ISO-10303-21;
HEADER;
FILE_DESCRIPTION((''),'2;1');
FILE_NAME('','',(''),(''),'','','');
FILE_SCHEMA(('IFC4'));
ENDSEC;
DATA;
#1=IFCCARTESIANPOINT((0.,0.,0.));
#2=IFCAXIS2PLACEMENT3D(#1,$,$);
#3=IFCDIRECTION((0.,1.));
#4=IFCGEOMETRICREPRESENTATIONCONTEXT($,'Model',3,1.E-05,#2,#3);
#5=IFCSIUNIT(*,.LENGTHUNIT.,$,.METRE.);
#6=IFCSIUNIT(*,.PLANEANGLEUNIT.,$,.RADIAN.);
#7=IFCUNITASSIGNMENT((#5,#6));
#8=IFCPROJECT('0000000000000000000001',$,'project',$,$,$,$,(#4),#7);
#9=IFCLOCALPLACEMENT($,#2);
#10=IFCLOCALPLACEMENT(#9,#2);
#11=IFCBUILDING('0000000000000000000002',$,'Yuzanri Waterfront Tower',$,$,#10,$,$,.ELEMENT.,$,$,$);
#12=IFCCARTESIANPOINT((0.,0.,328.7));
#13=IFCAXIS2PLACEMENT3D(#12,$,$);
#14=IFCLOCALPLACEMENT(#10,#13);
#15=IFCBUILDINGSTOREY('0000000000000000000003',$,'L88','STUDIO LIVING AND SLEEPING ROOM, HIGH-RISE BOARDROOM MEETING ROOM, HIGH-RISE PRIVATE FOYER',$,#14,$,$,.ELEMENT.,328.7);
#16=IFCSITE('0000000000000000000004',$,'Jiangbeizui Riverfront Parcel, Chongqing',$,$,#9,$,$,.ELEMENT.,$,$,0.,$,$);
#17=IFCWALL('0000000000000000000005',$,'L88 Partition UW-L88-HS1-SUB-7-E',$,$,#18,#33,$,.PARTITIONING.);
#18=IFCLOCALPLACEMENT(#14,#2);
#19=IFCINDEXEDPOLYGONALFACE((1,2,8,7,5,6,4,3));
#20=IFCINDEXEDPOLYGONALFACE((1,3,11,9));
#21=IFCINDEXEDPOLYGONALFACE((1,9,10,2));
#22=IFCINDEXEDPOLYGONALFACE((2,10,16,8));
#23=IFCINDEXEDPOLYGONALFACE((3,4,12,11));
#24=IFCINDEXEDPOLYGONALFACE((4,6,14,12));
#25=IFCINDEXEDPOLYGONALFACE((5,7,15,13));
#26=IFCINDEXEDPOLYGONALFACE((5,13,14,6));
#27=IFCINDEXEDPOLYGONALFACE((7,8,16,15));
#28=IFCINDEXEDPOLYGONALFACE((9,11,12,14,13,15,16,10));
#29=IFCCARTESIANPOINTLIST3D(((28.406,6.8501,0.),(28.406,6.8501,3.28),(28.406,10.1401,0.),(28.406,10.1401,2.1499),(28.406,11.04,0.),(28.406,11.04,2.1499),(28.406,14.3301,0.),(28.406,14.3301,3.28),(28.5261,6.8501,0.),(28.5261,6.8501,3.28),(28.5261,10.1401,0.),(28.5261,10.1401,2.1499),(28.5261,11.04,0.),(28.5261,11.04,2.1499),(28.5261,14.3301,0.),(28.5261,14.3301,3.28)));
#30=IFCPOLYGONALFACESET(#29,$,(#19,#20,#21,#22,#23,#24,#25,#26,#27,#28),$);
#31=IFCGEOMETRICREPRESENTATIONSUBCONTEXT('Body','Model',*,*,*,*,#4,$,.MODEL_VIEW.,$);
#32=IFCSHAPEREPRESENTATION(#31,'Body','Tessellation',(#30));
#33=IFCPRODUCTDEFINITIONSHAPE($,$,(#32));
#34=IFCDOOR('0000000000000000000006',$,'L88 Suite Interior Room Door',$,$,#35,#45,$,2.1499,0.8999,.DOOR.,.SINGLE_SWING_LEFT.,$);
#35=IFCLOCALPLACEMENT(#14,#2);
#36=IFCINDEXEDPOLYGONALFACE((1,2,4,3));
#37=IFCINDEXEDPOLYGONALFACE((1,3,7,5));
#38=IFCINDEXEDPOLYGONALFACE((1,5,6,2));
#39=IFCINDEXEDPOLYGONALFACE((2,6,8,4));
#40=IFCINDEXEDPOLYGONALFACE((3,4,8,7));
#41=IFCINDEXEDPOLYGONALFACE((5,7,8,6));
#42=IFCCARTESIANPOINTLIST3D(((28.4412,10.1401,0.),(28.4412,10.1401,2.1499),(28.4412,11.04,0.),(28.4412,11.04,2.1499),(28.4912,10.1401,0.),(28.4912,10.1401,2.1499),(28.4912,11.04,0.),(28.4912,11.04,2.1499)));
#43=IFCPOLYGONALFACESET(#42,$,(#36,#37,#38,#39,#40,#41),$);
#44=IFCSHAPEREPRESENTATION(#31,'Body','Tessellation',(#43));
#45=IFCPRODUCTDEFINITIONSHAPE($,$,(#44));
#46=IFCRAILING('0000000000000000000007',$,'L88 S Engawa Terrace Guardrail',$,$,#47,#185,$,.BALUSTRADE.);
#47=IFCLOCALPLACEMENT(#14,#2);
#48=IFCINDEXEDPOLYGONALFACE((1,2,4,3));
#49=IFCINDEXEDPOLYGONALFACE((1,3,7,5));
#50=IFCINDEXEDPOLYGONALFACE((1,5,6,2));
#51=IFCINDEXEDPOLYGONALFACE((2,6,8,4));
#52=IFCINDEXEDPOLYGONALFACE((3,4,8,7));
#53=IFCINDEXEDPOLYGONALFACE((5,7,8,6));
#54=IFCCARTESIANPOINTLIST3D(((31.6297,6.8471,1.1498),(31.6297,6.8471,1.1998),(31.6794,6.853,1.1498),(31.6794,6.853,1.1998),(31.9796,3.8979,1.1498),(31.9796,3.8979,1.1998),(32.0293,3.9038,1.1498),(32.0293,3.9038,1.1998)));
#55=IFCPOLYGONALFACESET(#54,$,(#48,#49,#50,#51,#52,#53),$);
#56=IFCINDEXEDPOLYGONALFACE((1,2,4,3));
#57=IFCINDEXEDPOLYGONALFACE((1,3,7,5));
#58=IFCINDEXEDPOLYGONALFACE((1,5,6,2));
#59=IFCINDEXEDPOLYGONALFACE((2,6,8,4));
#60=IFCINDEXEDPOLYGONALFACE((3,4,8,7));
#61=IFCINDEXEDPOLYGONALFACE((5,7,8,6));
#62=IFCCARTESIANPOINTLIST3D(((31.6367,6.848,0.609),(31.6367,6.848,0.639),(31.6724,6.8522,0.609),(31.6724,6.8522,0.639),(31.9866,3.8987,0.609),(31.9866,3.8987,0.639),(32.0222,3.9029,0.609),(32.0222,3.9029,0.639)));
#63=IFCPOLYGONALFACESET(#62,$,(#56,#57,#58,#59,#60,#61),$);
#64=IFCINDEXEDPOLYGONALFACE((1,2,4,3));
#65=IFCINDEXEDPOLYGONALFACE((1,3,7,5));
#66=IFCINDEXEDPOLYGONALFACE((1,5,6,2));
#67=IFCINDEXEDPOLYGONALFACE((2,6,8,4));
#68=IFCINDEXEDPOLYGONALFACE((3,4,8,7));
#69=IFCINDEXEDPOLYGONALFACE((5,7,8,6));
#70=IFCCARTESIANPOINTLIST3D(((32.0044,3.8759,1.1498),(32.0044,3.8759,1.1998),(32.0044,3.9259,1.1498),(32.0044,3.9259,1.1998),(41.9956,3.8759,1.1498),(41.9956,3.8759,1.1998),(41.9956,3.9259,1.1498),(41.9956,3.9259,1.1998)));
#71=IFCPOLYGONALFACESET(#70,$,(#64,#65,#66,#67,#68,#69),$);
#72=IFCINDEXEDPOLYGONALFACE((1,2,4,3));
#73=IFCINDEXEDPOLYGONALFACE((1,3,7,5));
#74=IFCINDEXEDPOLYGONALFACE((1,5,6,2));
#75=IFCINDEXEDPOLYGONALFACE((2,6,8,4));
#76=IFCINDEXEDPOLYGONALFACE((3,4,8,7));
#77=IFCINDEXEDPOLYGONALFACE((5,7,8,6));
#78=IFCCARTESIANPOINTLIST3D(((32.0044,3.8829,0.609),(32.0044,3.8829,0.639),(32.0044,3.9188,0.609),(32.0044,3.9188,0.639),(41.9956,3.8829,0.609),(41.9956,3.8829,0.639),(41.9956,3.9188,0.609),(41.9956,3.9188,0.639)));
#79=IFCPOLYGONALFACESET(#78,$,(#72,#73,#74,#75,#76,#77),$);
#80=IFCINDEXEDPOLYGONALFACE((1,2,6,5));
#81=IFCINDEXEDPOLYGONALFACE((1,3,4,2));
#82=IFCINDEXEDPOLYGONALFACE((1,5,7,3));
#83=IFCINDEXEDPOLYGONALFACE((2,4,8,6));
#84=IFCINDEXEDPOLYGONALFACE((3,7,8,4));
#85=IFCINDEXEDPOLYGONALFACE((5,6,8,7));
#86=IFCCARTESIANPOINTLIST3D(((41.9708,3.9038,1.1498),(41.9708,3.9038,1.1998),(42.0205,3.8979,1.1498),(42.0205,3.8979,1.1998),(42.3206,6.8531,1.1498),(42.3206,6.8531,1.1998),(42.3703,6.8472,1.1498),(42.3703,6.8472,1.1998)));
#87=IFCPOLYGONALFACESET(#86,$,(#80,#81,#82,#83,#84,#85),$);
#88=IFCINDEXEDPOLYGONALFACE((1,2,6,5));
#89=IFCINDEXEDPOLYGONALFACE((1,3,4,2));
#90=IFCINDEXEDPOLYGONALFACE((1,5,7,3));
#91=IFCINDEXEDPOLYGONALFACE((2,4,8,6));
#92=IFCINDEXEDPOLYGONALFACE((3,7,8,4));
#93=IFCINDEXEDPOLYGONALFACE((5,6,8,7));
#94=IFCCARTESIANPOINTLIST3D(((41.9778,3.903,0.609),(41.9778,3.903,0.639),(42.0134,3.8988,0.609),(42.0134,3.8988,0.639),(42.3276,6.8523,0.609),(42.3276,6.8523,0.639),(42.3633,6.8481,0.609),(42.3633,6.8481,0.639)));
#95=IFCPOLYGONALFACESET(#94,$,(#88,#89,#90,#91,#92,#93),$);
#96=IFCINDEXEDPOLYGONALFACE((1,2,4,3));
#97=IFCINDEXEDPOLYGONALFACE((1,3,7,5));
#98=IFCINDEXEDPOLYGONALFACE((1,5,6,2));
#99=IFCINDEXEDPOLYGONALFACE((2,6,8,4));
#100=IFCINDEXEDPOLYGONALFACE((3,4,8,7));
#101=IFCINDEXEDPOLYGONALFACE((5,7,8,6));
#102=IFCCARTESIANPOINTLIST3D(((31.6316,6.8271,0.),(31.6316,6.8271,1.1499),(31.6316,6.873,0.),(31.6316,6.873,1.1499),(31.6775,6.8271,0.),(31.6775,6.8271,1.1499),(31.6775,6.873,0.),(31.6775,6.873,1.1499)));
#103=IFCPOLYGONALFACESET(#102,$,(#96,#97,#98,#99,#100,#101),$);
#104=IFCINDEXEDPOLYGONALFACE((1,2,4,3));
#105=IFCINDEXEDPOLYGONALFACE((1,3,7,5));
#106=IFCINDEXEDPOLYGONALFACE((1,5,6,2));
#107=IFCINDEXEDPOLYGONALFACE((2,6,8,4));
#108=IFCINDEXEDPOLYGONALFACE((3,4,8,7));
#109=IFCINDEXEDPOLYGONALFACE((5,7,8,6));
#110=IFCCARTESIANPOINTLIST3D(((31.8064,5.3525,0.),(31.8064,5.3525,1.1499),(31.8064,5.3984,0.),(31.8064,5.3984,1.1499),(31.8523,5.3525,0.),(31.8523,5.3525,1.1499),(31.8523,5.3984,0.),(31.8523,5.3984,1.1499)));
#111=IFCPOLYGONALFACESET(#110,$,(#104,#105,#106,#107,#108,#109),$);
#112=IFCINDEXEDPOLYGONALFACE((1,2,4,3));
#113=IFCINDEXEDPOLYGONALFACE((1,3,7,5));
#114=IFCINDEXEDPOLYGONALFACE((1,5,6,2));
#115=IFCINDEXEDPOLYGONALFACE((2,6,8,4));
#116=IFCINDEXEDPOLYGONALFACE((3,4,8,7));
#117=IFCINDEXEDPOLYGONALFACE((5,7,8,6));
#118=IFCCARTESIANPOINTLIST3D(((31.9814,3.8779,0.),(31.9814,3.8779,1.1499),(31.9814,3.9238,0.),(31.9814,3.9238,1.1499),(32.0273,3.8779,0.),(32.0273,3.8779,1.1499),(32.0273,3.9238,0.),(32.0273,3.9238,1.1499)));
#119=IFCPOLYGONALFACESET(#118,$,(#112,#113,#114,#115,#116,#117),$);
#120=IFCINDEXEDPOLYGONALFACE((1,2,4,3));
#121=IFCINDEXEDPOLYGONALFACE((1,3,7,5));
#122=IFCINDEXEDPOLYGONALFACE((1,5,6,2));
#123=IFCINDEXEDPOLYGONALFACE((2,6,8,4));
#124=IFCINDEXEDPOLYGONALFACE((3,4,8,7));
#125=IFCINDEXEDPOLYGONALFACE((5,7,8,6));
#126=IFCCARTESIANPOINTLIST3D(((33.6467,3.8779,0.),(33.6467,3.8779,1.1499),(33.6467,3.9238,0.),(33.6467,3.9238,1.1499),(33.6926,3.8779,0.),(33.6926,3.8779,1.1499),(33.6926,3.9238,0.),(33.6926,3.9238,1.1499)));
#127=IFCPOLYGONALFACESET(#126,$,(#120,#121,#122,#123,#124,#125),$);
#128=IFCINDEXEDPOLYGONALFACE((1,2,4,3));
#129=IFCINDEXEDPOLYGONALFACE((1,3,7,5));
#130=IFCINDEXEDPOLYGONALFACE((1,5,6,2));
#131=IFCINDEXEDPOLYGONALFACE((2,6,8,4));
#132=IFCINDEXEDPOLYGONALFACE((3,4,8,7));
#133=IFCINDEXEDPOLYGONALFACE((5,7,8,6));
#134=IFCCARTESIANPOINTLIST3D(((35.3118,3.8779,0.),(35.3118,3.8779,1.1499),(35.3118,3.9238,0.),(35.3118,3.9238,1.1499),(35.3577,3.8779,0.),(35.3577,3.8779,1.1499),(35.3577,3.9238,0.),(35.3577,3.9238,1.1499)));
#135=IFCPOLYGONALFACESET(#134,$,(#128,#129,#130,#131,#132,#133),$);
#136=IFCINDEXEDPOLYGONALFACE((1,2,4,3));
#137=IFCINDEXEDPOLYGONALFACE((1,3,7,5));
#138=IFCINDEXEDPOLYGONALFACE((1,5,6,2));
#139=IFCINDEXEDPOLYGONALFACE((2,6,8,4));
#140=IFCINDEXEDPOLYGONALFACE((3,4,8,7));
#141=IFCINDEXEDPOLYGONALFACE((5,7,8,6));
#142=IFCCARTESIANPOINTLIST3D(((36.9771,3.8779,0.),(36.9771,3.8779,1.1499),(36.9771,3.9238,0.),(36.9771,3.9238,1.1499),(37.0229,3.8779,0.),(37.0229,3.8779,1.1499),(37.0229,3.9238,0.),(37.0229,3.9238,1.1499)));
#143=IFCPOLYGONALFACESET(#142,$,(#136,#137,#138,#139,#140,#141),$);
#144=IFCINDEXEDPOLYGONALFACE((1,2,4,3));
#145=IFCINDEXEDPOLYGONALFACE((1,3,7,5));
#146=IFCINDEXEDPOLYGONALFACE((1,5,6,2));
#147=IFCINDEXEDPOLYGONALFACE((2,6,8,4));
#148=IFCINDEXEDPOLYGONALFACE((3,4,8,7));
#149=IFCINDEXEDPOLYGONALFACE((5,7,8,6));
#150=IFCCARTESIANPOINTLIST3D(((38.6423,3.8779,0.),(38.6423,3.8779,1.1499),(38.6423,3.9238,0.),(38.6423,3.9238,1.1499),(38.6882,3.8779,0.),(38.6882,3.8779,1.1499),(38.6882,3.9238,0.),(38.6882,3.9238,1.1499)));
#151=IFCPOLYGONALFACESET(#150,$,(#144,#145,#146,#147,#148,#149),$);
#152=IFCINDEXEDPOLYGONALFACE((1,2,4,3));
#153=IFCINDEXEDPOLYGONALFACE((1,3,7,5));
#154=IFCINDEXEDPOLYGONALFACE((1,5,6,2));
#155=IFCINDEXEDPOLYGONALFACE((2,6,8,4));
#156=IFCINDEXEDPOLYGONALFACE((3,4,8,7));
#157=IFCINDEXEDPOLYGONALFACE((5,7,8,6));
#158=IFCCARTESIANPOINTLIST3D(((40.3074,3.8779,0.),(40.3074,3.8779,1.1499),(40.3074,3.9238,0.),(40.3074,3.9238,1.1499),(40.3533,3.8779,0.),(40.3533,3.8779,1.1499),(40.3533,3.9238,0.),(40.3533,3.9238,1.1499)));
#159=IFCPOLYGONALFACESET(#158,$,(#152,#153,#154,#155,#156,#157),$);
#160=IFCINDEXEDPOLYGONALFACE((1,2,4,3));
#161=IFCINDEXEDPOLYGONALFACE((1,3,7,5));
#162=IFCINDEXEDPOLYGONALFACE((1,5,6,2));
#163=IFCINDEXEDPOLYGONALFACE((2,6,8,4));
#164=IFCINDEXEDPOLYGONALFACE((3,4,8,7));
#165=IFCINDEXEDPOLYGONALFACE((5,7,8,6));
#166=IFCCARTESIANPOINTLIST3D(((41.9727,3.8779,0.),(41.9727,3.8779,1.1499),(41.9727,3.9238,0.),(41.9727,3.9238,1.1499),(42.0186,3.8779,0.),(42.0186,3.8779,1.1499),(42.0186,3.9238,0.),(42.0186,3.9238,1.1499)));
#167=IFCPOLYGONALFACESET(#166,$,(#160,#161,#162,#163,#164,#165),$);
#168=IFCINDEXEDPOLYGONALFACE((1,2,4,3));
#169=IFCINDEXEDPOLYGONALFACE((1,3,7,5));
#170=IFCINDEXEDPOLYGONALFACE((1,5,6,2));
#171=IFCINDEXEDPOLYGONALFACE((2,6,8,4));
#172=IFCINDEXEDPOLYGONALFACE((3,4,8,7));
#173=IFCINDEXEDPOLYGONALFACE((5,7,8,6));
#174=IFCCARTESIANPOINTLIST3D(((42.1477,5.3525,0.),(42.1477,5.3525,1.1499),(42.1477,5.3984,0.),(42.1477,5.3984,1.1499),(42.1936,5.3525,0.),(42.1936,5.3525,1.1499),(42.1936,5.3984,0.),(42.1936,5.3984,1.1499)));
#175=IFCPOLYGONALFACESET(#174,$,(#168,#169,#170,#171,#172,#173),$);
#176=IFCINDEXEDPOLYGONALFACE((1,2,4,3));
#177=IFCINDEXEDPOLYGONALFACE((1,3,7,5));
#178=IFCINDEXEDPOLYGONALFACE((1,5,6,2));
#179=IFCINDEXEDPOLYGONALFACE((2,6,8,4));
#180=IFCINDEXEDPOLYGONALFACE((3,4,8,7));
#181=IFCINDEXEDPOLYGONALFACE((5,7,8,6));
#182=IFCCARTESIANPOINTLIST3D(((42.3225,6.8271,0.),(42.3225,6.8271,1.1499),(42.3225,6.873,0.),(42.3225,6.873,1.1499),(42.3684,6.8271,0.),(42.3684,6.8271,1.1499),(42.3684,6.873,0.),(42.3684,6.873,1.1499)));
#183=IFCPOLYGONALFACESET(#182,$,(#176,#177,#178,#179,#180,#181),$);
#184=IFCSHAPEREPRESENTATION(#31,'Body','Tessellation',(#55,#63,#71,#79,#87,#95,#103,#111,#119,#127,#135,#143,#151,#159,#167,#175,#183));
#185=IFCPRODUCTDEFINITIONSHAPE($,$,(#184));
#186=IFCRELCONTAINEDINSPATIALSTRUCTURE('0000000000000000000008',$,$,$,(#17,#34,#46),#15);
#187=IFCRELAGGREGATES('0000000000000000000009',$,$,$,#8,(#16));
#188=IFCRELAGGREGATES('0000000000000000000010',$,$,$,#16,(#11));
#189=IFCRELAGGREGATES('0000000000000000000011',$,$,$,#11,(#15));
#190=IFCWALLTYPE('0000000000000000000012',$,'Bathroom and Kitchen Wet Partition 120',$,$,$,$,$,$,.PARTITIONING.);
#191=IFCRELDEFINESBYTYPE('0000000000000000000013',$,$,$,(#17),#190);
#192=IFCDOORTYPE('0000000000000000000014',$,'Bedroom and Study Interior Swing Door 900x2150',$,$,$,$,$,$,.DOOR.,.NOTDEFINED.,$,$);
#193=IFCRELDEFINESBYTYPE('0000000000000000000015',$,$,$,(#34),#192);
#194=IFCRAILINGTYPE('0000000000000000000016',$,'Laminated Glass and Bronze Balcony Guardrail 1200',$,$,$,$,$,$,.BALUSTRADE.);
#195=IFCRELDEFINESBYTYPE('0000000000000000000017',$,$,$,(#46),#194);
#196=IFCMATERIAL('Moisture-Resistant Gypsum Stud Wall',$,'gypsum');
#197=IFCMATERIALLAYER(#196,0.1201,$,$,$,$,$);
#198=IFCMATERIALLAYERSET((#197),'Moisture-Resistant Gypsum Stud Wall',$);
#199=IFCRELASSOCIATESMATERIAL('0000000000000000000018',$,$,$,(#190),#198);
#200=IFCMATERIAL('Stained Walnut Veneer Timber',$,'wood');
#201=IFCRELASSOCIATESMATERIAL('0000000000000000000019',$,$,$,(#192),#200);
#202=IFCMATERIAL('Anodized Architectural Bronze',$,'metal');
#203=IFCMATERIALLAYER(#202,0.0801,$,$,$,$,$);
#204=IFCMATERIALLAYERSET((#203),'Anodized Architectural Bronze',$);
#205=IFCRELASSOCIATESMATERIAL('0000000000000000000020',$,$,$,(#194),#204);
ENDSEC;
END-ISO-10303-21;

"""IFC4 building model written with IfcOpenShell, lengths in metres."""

from ifc_helpers import new_model, si_unit, direction, frame, frame_2d, origin, origin_2d, place, context, subcontext, project, spatial, rectangle, extrude, source, transform, mapped, material, layer, layer_set, type_object, element, fill, save


model = new_model("IFC4")

# Units and contexts
model_context = context("Model", 3, precision=1e-05, world=origin(), true_north=direction((0.0, 1.0)))
body_context = subcontext(model_context, "Body", "Model", "MODEL_VIEW")
ifc_project = project(units=[si_unit("LENGTHUNIT", "METRE"), si_unit("PLANEANGLEUNIT", "RADIAN")], contexts=[model_context])

# Site, building, storey
site_placement = place(None, origin())
site = spatial("IfcSite", under=ifc_project, at=site_placement, Name="Jiangbeizui Riverfront Parcel, Chongqing", CompositionType="ELEMENT", RefElevation=0.0)
building_placement = place(site_placement, origin())
building = spatial("IfcBuilding", under=site, at=building_placement, Name="Yuzanri Waterfront Tower", CompositionType="ELEMENT")
storey_placement = place(building_placement, frame((0.0, 0.0, 328.7)))
storey = spatial("IfcBuildingStorey", under=building, at=storey_placement, Name="L88", Description="STUDIO LIVING AND SLEEPING ROOM, HIGH-RISE BOARDROOM MEETING ROOM, HIGH-RISE PRIVATE FOYER", CompositionType="ELEMENT", Elevation=328.7)

# Wall, opening, door
ifc_material_1 = material(Name="Moisture-Resistant Gypsum Stud Wall", Category="gypsum")
ifc_layer_1 = layer(ifc_material_1, 0.1201)
ifc_layer_set_1 = layer_set([ifc_layer_1], Name="Moisture-Resistant Gypsum Stud Wall")
wall_type = type_object("IfcWallType", Name="Bathroom and Kitchen Wet Partition 120", PredefinedType="PARTITIONING", material=ifc_layer_set_1)
ifc_material_2 = material(Name="Stained Walnut Veneer Timber", Category="wood")
door_type = type_object("IfcDoorType", Name="Bedroom and Study Interior Swing Door 900x2150", OperationType="NOTDEFINED", PredefinedType="DOOR", material=ifc_material_2)
shared_shape_1 = source(origin(), body_context, "Body", "SweptSolid", [
    extrude(rectangle(XDim=0.8999, YDim=2.1499, at=frame_2d((0.45, 1.075))), frame((0.0, 0.0249, 0.0), z_axis=(0.0, -1.0, 0.0), x_axis=(1.0, 0.0, 0.0)), (0.0, 0.0, 1.0), 0.05),
])
wall_1_placement = place(storey_placement, frame((28.4661, 6.8501, 0.0), z_axis=(0.0, 0.0, 1.0), x_axis=(0.0, 1.0, 0.0)))
wall_1 = element("IfcWall", 1, at=wall_1_placement, inside=storey, type_object=wall_type, Name="L88 Partition UW-L88-HS1-SUB-7-E", PredefinedType="PARTITIONING", context=body_context, shape_type="SweptSolid", body=[
    extrude(rectangle(XDim=7.48, YDim=0.1201, at=frame_2d((3.74, 0.0))), origin(), (0.0, 0.0, 1.0), 3.28),
])
opening_1_placement = place(wall_1_placement, frame((3.29, 0.0, 0.0)))
opening_1 = element("IfcOpeningElement", 2, at=opening_1_placement, cuts=wall_1, PredefinedType="OPENING", context=body_context, shape_type="SweptSolid", body=[
    extrude(rectangle(XDim=0.8999, YDim=2.1499, at=frame_2d((0.45, 1.075))), frame((0.0, 0.075, 0.0), z_axis=(0.0, -1.0, 0.0), x_axis=(1.0, 0.0, 0.0)), (0.0, 0.0, 1.0), 0.1499),
])
door_1_placement = place(opening_1_placement, origin())
door_1 = element("IfcDoor", 3, at=door_1_placement, inside=storey, type_object=door_type, Name="L88 Suite Interior Room Door", OperationType="SINGLE_SWING_LEFT", OverallHeight=2.1499, OverallWidth=0.8999, PredefinedType="DOOR", context=body_context, shape_type="MappedRepresentation", body=[
    mapped(shared_shape_1, transform((0.0, 0.0, 0.0), scale=1.0)),
])
fill(opening_1, door_1)

# Railing
ifc_material_3 = material(Name="Anodized Architectural Bronze", Category="metal")
ifc_layer_2 = layer(ifc_material_3, 0.0801)
ifc_layer_set_2 = layer_set([ifc_layer_2], Name="Anodized Architectural Bronze")
railing_type = type_object("IfcRailingType", Name="Laminated Glass and Bronze Balcony Guardrail 1200", PredefinedType="BALUSTRADE", material=ifc_layer_set_2)
shared_shape_2 = source(origin(), body_context, "Body", "SweptSolid", [
    extrude(rectangle(XDim=0.05, YDim=0.05, at=origin_2d()), frame((0.0, 0.0, 1.1748), z_axis=(0.1178, -0.993037, 0.0), x_axis=(0.993037, 0.1178, 0.0)), (0.0, 0.0, 1.0), 2.97),
    extrude(rectangle(XDim=0.0359, YDim=0.03, at=origin_2d()), frame((0.0, 0.0, 0.624), z_axis=(0.1178, -0.993037, 0.0), x_axis=(0.993037, 0.1178, 0.0)), (0.0, 0.0, 1.0), 2.97),
    extrude(rectangle(XDim=0.05, YDim=0.05, at=origin_2d()), frame((0.3499, -2.9492, 1.1748), z_axis=(1.0, 0.0, 0.0), x_axis=(0.0, 1.0, 0.0)), (0.0, 0.0, 1.0), 9.9912),
    extrude(rectangle(XDim=0.0359, YDim=0.03, at=origin_2d()), frame((0.3499, -2.9492, 0.624), z_axis=(1.0, 0.0, 0.0), x_axis=(0.0, 1.0, 0.0)), (0.0, 0.0, 1.0), 9.9912),
    extrude(rectangle(XDim=0.05, YDim=0.05, at=origin_2d()), frame((10.3411, -2.9492, 1.1748), z_axis=(0.1178, 0.993037, 0.0), x_axis=(-0.993037, 0.1178, 0.0)), (0.0, 0.0, 1.0), 2.97),
    extrude(rectangle(XDim=0.0359, YDim=0.03, at=origin_2d()), frame((10.3411, -2.9492, 0.624), z_axis=(0.1178, 0.993037, 0.0), x_axis=(-0.993037, 0.1178, 0.0)), (0.0, 0.0, 1.0), 2.97),
    extrude(rectangle(XDim=0.0459, YDim=0.0459, at=origin_2d()), origin(), (0.0, 0.0, 1.0), 1.1499),
    extrude(rectangle(XDim=0.0459, YDim=0.0459, at=origin_2d()), frame((0.1748, -1.4746, 0.0)), (0.0, 0.0, 1.0), 1.1499),
    extrude(rectangle(XDim=0.0459, YDim=0.0459, at=origin_2d()), frame((0.3499, -2.9492, 0.0)), (0.0, 0.0, 1.0), 1.1499),
    extrude(rectangle(XDim=0.0459, YDim=0.0459, at=origin_2d()), frame((2.0151, -2.9492, 0.0)), (0.0, 0.0, 1.0), 1.1499),
    extrude(rectangle(XDim=0.0459, YDim=0.0459, at=origin_2d()), frame((3.6802, -2.9492, 0.0)), (0.0, 0.0, 1.0), 1.1499),
    extrude(rectangle(XDim=0.0459, YDim=0.0459, at=origin_2d()), frame((5.3455, -2.9492, 0.0)), (0.0, 0.0, 1.0), 1.1499),
    extrude(rectangle(XDim=0.0459, YDim=0.0459, at=origin_2d()), frame((7.0107, -2.9492, 0.0)), (0.0, 0.0, 1.0), 1.1499),
    extrude(rectangle(XDim=0.0459, YDim=0.0459, at=origin_2d()), frame((8.6758, -2.9492, 0.0)), (0.0, 0.0, 1.0), 1.1499),
    extrude(rectangle(XDim=0.0459, YDim=0.0459, at=origin_2d()), frame((10.3411, -2.9492, 0.0)), (0.0, 0.0, 1.0), 1.1499),
    extrude(rectangle(XDim=0.0459, YDim=0.0459, at=origin_2d()), frame((10.5161, -1.4746, 0.0)), (0.0, 0.0, 1.0), 1.1499),
    extrude(rectangle(XDim=0.0459, YDim=0.0459, at=origin_2d()), frame((10.6909, 0.0, 0.0)), (0.0, 0.0, 1.0), 1.1499),
])
railing_placement = place(storey_placement, frame((31.6545, 6.8501, 0.0)))
element("IfcRailing", 4, at=railing_placement, inside=storey, type_object=railing_type, Name="L88 S Engawa Terrace Guardrail", PredefinedType="BALUSTRADE", context=body_context, shape_type="MappedRepresentation", body=[
    mapped(shared_shape_2, transform((0.0, 0.0, 0.0), scale=1.0)),
])

save(model, "model.ifc")
